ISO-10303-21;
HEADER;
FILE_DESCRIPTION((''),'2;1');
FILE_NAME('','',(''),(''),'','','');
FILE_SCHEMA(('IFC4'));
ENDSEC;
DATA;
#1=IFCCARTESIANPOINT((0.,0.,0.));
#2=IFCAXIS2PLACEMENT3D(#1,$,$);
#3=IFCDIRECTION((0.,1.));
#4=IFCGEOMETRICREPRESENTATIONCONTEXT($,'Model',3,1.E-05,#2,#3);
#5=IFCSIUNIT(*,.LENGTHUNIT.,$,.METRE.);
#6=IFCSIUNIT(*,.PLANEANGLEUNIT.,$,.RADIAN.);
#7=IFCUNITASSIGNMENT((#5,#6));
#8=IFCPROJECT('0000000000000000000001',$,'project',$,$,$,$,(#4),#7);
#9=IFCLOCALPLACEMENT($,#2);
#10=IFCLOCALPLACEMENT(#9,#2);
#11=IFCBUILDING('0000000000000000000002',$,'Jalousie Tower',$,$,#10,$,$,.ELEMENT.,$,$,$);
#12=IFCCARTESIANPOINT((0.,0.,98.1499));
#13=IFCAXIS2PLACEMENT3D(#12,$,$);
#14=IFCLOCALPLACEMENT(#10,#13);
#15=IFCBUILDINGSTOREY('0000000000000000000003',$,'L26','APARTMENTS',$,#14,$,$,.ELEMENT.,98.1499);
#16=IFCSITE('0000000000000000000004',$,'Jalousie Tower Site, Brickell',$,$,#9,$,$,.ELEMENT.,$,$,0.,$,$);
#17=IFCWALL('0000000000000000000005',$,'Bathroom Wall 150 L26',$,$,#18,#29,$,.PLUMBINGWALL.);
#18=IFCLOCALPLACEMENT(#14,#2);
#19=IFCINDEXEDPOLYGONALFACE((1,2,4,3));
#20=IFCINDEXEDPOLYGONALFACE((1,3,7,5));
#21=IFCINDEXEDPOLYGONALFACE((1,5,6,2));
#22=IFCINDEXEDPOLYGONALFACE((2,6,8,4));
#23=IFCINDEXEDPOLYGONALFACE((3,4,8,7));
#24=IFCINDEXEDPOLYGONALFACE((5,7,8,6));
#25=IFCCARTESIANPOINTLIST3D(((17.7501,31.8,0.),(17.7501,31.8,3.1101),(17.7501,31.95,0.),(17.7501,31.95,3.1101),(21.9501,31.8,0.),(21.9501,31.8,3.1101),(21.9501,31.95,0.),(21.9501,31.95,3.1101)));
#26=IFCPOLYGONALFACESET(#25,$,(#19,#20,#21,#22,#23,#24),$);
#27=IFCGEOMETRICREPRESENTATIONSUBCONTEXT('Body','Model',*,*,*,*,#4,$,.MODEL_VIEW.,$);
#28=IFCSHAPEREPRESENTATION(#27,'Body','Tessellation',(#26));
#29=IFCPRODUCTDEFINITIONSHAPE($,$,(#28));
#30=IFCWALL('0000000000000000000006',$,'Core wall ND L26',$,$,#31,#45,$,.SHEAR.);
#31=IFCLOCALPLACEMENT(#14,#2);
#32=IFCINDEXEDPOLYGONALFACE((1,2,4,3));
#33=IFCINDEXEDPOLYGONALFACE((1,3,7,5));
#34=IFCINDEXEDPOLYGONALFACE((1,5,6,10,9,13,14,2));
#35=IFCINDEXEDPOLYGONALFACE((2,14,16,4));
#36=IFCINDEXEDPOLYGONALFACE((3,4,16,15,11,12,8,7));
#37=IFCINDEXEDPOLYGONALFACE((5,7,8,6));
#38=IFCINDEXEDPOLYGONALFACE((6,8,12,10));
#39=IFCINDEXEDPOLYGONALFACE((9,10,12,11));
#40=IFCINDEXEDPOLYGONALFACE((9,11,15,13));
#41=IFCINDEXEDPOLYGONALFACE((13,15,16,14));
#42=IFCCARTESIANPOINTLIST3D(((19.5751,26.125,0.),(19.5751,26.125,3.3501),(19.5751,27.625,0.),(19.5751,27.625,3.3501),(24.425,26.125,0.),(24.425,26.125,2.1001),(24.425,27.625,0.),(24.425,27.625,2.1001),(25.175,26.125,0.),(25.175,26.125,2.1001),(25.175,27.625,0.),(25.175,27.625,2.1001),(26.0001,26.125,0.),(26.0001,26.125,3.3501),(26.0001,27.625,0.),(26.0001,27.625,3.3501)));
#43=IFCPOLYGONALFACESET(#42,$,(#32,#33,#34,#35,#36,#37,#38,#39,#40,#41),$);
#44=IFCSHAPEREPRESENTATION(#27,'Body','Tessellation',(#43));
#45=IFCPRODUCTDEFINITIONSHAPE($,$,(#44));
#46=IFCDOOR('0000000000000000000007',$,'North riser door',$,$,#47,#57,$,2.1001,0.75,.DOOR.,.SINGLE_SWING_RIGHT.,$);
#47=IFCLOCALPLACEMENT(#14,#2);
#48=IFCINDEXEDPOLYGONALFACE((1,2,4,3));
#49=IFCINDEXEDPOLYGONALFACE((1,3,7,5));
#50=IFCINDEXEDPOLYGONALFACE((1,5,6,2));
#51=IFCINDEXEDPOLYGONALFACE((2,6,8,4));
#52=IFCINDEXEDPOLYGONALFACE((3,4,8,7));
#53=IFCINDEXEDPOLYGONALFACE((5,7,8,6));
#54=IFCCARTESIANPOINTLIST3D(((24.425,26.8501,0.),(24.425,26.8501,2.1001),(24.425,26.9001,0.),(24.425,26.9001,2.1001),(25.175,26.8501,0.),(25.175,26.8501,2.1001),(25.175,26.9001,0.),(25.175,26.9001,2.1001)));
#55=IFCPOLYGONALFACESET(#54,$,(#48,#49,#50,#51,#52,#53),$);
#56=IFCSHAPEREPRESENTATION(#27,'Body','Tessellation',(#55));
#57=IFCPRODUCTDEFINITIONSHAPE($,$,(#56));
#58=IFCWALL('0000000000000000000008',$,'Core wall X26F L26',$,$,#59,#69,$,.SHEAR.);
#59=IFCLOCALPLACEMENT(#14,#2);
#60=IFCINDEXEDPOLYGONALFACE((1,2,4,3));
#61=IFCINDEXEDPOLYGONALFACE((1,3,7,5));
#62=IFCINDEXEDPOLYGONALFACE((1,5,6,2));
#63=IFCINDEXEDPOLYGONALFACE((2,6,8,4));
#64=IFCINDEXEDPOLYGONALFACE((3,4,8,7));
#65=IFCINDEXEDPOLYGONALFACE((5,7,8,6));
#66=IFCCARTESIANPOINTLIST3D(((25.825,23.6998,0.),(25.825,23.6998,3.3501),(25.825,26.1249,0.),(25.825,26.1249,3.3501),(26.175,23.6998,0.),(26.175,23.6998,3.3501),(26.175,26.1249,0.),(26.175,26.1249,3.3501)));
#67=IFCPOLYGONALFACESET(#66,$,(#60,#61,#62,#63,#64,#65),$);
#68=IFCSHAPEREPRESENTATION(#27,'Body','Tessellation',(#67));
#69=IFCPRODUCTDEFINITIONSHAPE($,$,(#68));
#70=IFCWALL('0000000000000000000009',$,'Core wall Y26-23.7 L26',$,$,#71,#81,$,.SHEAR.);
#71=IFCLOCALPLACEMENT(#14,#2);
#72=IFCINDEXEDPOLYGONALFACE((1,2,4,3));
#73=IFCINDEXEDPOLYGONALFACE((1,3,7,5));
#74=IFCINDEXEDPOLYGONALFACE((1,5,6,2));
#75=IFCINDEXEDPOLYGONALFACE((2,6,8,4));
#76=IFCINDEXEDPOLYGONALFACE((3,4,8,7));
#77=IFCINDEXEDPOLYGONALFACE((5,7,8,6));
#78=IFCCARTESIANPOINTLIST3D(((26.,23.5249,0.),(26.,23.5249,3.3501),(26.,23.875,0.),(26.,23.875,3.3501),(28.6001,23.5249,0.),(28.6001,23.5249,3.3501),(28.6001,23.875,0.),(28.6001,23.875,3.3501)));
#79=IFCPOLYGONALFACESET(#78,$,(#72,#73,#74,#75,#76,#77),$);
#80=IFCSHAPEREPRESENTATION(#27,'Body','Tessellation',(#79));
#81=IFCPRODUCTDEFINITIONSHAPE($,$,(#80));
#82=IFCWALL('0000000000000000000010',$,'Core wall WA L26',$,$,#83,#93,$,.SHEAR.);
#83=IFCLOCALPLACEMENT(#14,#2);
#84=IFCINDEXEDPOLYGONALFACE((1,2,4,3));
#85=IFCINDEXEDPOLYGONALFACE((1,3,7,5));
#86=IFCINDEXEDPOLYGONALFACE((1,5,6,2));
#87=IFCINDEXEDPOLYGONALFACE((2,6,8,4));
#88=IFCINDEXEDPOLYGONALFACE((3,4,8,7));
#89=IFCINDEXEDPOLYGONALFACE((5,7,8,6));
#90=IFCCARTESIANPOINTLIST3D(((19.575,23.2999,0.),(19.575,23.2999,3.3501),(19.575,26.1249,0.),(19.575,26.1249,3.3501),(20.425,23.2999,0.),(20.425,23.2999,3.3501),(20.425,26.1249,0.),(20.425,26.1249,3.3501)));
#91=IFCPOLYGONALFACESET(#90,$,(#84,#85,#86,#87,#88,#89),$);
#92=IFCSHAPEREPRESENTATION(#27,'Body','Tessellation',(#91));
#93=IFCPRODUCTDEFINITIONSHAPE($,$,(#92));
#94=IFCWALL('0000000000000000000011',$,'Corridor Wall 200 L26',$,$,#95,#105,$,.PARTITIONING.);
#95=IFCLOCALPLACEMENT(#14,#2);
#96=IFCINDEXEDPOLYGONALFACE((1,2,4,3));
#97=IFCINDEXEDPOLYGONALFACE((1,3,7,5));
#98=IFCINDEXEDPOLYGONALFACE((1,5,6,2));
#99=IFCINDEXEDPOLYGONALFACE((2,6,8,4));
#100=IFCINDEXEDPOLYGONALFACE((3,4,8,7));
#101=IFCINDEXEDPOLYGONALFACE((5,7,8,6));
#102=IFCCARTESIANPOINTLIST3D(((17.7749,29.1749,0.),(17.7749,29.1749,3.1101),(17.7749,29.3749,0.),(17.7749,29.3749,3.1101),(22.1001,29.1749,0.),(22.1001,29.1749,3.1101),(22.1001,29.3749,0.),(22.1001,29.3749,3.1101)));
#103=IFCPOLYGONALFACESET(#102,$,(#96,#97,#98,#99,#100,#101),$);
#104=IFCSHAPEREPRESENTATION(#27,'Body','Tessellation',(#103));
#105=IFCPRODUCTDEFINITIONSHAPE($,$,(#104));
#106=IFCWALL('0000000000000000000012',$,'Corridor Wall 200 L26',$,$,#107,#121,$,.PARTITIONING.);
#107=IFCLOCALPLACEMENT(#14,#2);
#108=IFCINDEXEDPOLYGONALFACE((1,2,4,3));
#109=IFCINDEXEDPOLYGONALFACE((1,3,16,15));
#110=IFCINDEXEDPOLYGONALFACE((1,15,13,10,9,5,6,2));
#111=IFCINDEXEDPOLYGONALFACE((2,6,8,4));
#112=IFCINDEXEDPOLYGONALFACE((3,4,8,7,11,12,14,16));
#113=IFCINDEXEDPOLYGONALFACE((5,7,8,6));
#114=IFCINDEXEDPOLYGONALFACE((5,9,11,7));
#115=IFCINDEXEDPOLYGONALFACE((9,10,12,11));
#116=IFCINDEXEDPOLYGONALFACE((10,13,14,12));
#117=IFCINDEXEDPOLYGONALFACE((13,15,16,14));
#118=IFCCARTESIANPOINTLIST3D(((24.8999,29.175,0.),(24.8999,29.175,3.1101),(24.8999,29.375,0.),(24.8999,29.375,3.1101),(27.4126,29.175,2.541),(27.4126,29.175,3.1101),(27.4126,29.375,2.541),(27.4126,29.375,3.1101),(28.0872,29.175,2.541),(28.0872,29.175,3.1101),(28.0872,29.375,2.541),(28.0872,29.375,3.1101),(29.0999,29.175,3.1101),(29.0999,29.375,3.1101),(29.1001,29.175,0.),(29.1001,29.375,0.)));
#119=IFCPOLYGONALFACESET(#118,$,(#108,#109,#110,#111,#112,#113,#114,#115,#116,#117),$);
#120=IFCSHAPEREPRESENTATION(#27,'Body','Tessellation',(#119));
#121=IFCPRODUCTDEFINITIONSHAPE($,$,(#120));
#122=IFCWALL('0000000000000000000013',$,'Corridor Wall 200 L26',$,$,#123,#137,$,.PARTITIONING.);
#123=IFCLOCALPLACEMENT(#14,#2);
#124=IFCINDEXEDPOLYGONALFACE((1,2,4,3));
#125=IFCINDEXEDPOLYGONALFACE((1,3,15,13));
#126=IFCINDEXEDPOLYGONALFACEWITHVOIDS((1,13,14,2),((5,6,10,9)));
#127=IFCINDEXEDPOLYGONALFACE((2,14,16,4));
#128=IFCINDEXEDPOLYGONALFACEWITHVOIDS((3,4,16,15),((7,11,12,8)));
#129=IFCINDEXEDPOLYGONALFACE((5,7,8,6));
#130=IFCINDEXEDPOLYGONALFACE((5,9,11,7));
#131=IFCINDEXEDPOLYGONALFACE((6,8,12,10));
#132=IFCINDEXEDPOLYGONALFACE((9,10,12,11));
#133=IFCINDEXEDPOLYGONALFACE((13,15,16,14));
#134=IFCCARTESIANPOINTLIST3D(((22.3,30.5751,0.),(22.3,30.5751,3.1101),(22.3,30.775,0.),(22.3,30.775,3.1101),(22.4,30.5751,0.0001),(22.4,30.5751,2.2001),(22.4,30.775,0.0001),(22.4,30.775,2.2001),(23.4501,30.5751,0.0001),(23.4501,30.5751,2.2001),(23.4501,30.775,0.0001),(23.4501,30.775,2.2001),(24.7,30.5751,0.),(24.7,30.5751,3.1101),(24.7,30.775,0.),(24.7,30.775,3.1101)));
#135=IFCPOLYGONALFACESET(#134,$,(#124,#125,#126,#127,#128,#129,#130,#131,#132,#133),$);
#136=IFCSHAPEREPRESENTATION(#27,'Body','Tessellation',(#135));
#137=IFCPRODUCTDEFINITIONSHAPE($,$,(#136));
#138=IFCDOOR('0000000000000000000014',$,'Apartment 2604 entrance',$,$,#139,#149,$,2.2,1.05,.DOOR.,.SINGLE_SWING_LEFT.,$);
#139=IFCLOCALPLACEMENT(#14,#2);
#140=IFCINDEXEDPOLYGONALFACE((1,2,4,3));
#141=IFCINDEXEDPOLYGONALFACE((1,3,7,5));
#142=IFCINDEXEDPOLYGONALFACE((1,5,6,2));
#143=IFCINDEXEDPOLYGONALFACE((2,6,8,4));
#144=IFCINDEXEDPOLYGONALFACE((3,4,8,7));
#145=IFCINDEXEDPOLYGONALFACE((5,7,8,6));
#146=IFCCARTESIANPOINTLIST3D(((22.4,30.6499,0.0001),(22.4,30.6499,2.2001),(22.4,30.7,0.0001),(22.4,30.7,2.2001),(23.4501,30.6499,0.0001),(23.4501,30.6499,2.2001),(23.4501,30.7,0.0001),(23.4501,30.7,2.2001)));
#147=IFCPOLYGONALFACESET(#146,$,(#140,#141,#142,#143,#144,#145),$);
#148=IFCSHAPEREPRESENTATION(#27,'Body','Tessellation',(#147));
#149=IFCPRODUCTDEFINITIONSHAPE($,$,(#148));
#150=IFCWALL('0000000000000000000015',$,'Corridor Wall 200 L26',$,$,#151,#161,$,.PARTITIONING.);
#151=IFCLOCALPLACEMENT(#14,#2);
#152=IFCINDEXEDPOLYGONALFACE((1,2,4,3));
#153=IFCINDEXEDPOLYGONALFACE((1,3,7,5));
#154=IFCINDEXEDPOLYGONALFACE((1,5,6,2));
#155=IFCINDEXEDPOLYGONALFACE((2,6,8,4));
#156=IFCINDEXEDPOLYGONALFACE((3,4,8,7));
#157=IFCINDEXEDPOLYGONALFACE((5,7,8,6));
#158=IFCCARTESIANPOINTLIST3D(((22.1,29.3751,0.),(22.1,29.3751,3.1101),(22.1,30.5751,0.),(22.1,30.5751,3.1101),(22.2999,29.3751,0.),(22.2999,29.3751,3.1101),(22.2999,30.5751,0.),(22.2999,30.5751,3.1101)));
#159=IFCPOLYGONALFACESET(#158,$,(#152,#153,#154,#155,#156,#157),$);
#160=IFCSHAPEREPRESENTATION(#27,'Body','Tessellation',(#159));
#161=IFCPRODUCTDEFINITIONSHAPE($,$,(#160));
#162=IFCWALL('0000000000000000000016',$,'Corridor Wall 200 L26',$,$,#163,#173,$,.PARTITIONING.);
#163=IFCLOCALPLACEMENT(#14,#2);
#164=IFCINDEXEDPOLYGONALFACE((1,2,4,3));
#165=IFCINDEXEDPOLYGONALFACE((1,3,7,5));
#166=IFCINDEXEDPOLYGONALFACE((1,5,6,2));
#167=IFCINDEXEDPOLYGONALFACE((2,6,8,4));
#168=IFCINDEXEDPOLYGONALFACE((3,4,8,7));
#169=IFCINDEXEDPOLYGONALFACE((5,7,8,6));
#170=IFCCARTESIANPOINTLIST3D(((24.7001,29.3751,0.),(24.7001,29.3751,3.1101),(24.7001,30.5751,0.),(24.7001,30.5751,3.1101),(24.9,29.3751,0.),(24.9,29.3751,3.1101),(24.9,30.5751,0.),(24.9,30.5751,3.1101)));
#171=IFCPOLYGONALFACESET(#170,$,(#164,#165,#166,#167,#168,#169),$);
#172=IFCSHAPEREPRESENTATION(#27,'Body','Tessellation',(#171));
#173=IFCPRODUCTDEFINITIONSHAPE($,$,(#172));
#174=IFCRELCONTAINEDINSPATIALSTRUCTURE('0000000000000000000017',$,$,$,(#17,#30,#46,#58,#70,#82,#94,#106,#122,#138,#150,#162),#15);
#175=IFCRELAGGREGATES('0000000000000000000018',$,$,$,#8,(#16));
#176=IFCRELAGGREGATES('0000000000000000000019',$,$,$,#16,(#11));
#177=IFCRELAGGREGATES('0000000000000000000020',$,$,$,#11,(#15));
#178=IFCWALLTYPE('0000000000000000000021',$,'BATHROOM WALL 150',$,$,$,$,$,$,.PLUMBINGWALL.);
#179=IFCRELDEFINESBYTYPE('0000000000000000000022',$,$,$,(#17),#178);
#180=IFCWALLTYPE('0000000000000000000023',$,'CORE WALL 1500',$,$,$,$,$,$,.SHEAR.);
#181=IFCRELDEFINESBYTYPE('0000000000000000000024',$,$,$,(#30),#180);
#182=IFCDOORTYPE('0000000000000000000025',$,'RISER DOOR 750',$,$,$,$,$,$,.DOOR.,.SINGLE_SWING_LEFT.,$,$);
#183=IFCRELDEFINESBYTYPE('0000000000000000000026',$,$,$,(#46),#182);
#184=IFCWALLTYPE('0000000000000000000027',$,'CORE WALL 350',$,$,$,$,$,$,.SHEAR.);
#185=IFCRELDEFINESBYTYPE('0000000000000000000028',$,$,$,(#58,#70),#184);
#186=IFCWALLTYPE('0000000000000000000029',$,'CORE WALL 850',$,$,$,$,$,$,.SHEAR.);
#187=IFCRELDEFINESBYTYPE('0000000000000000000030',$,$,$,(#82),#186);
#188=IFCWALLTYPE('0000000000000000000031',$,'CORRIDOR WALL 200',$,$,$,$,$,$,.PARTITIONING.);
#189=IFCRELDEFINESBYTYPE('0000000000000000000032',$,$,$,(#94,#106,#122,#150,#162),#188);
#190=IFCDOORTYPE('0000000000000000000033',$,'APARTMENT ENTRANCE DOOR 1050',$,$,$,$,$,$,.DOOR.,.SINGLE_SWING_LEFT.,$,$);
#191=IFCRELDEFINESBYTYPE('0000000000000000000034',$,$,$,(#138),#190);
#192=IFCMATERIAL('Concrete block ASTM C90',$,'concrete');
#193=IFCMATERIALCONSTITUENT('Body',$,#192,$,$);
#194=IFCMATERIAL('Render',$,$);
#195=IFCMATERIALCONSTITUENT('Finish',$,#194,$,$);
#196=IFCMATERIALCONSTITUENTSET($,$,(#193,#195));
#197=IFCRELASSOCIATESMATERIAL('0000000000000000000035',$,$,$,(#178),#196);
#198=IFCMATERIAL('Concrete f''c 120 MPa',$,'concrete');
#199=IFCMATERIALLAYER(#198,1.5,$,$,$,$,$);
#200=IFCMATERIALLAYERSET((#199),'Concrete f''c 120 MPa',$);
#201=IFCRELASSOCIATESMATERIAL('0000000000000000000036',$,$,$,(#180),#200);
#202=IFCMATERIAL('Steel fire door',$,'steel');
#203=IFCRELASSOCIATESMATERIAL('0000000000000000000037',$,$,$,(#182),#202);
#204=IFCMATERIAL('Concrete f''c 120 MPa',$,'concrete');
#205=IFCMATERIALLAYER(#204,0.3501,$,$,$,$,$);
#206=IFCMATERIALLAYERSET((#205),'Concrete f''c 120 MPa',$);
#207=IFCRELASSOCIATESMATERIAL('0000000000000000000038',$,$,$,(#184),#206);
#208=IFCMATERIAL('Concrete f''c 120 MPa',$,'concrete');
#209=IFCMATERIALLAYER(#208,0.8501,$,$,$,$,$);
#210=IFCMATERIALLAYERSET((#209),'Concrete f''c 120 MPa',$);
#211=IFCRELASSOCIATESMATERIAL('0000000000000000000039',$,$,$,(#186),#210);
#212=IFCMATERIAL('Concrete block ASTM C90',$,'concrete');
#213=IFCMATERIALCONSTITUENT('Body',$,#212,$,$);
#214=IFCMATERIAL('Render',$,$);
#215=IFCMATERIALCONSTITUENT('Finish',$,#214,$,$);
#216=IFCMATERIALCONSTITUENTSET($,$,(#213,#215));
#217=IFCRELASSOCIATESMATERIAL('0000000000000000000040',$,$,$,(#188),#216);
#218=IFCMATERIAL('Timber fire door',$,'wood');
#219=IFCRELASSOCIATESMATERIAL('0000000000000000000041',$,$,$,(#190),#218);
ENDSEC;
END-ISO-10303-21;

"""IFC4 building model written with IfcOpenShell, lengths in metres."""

from ifc_helpers import new_model, si_unit, direction, frame, frame_2d, origin, place, context, subcontext, project, spatial, polyline, rectangle, outline, extrude, material, layer, layer_set, constituent, constituent_set, type_object, element, fill, save


model = new_model("IFC4")

# Units and contexts
model_context = context("Model", 3, precision=1e-05, world=origin(), true_north=direction((0.0, 1.0)))
body_context = subcontext(model_context, "Body", "Model", "MODEL_VIEW")
ifc_project = project(units=[si_unit("LENGTHUNIT", "METRE"), si_unit("PLANEANGLEUNIT", "RADIAN")], contexts=[model_context])

# Site, building, storey
site_placement = place(None, origin())
site = spatial("IfcSite", under=ifc_project, at=site_placement, Name="Jalousie Tower Site, Brickell", CompositionType="ELEMENT", RefElevation=0.0)
building_placement = place(site_placement, origin())
building = spatial("IfcBuilding", under=site, at=building_placement, Name="Jalousie Tower", CompositionType="ELEMENT")
storey_placement = place(building_placement, frame((0.0, 0.0, 98.1499)))
storey = spatial("IfcBuildingStorey", under=building, at=storey_placement, Name="L26", Description="APARTMENTS", CompositionType="ELEMENT", Elevation=98.1499)

# Wall
ifc_material_1 = material(Name="Concrete block ASTM C90", Category="concrete")
ifc_constituent_1 = constituent(ifc_material_1, Name="Body")
ifc_material_2 = material(Name="Render")
ifc_constituent_2 = constituent(ifc_material_2, Name="Finish")
ifc_constituent_set_1 = constituent_set(constituents=[ifc_constituent_1, ifc_constituent_2])
wall_type_1 = type_object("IfcWallType", Name="BATHROOM WALL 150", PredefinedType="PLUMBINGWALL", material=ifc_constituent_set_1)
wall_1_placement = place(storey_placement, frame((17.75, 31.875, 0.0), z_axis=(0.0, 0.0, 1.0), x_axis=(1.0, 0.0, 0.0)))
element("IfcWall", 1, at=wall_1_placement, inside=storey, type_object=wall_type_1, Name="Bathroom Wall 150 L26", PredefinedType="PLUMBINGWALL", context=body_context, shape_type="SweptSolid", body=[
    extrude(rectangle(XDim=4.2, YDim=0.1499, at=frame_2d((2.1001, 0.0))), origin(), (0.0, 0.0, 1.0), 3.1101),
])

# Wall, opening, door
ifc_material_3 = material(Name="Concrete f'c 120 MPa", Category="concrete")
ifc_layer_1 = layer(ifc_material_3, 1.5)
ifc_layer_set_1 = layer_set([ifc_layer_1], Name="Concrete f'c 120 MPa")
wall_type_2 = type_object("IfcWallType", Name="CORE WALL 1500", PredefinedType="SHEAR", material=ifc_layer_set_1)
wall_2_placement = place(storey_placement, frame((26.0, 26.875, 0.0), z_axis=(0.0, 0.0, 1.0), x_axis=(-1.0, 0.0, 0.0)))
wall_2 = element("IfcWall", 2, at=wall_2_placement, inside=storey, type_object=wall_type_2, Name="Core wall ND L26", PredefinedType="SHEAR", context=body_context, shape_type="SweptSolid", body=[
    extrude(rectangle(XDim=6.425, YDim=1.5, at=frame_2d((3.2124, 0.0))), origin(), (0.0, 0.0, 1.0), 3.3501),
])
opening_1_placement = place(wall_2_placement, frame((0.825, 0.0, 0.0)))
opening_1 = element("IfcOpeningElement", 3, at=opening_1_placement, cuts=wall_2, PredefinedType="OPENING", context=body_context, shape_type="SweptSolid", body=[
    extrude(rectangle(XDim=0.75, YDim=2.1001, at=frame_2d((0.375, 1.05))), frame((0.0, 0.76, 0.0), z_axis=(0.0, -1.0, 0.0), x_axis=(1.0, 0.0, 0.0)), (0.0, 0.0, 1.0), 1.52),
])
ifc_material_4 = material(Name="Steel fire door", Category="steel")
door_type_1 = type_object("IfcDoorType", Name="RISER DOOR 750", OperationType="SINGLE_SWING_LEFT", PredefinedType="DOOR", material=ifc_material_4)
door_1_placement = place(opening_1_placement, origin())
door_1 = element("IfcDoor", 4, at=door_1_placement, inside=storey, type_object=door_type_1, Name="North riser door", OperationType="SINGLE_SWING_RIGHT", OverallHeight=2.1001, OverallWidth=0.75, PredefinedType="DOOR", context=body_context, shape_type="SweptSolid", body=[
    extrude(rectangle(XDim=0.75, YDim=2.1001, at=frame_2d((0.375, 1.05))), frame((0.0, 0.0249, 0.0), z_axis=(0.0, -1.0, 0.0), x_axis=(1.0, 0.0, 0.0)), (0.0, 0.0, 1.0), 0.05),
])
fill(opening_1, door_1)

# Walls
ifc_material_5 = material(Name="Concrete f'c 120 MPa", Category="concrete")
ifc_layer_2 = layer(ifc_material_5, 0.3501)
ifc_layer_set_2 = layer_set([ifc_layer_2], Name="Concrete f'c 120 MPa")
wall_type_3 = type_object("IfcWallType", Name="CORE WALL 350", PredefinedType="SHEAR", material=ifc_layer_set_2)
wall_3_placement = place(storey_placement, frame((26.0, 23.7, 0.0), z_axis=(0.0, 0.0, 1.0), x_axis=(0.0, 1.0, 0.0)))
element("IfcWall", 5, at=wall_3_placement, inside=storey, type_object=wall_type_3, Name="Core wall X26F L26", PredefinedType="SHEAR", context=body_context, shape_type="SweptSolid", body=[
    extrude(rectangle(XDim=2.425, YDim=0.3501, at=frame_2d((1.2124, 0.0))), origin(), (0.0, 0.0, 1.0), 3.3501),
])
wall_4_placement = place(storey_placement, frame((26.0, 23.7, 0.0), z_axis=(0.0, 0.0, 1.0), x_axis=(1.0, 0.0, 0.0)))
element("IfcWall", 6, at=wall_4_placement, inside=storey, type_object=wall_type_3, Name="Core wall Y26-23.7 L26", PredefinedType="SHEAR", context=body_context, shape_type="SweptSolid", body=[
    extrude(rectangle(XDim=2.6001, YDim=0.3501, at=frame_2d((1.3, 0.0))), origin(), (0.0, 0.0, 1.0), 3.3501),
])
ifc_material_6 = material(Name="Concrete f'c 120 MPa", Category="concrete")
ifc_layer_3 = layer(ifc_material_6, 0.8501)
ifc_layer_set_3 = layer_set([ifc_layer_3], Name="Concrete f'c 120 MPa")
wall_type_4 = type_object("IfcWallType", Name="CORE WALL 850", PredefinedType="SHEAR", material=ifc_layer_set_3)
wall_5_placement = place(storey_placement, frame((20.0, 26.125, 0.0), z_axis=(0.0, 0.0, 1.0), x_axis=(0.0, -1.0, 0.0)))
element("IfcWall", 7, at=wall_5_placement, inside=storey, type_object=wall_type_4, Name="Core wall WA L26", PredefinedType="SHEAR", context=body_context, shape_type="SweptSolid", body=[
    extrude(rectangle(XDim=2.825, YDim=0.8501, at=frame_2d((1.4126, 0.0))), origin(), (0.0, 0.0, 1.0), 3.3501),
])
ifc_material_7 = material(Name="Concrete block ASTM C90", Category="concrete")
ifc_constituent_3 = constituent(ifc_material_7, Name="Body")
ifc_material_8 = material(Name="Render")
ifc_constituent_4 = constituent(ifc_material_8, Name="Finish")
ifc_constituent_set_2 = constituent_set(constituents=[ifc_constituent_3, ifc_constituent_4])
wall_type_5 = type_object("IfcWallType", Name="CORRIDOR WALL 200", PredefinedType="PARTITIONING", material=ifc_constituent_set_2)
wall_6_placement = place(storey_placement, frame((17.7749, 29.2749, 0.0), z_axis=(0.0, 0.0, 1.0), x_axis=(1.0, 0.0, 0.0)))
element("IfcWall", 8, at=wall_6_placement, inside=storey, type_object=wall_type_5, Name="Corridor Wall 200 L26", PredefinedType="PARTITIONING", context=body_context, shape_type="SweptSolid", body=[
    extrude(rectangle(XDim=4.3252, YDim=0.2, at=frame_2d((2.1626, 0.0))), origin(), (0.0, 0.0, 1.0), 3.1101),
])
wall_7_placement = place(storey_placement, frame((24.8999, 29.2749, 0.0), z_axis=(0.0, 0.0, 1.0), x_axis=(1.0, 0.0, 0.0)))
element("IfcWall", 9, at=wall_7_placement, inside=storey, type_object=wall_type_5, Name="Corridor Wall 200 L26", PredefinedType="PARTITIONING", context=body_context, shape_type="SweptSolid", body=[
    extrude(outline(polyline([(0.0, 0.0), (4.2002, 0.0), (4.2, 3.1101), (3.1873, 3.1101), (3.1873, 2.541), (2.5127, 2.541), (2.5127, 3.1101), (0.0, 3.1101), (0.0, 0.0)])), frame((0.0, 0.1001, 0.0), z_axis=(0.0, -1.0, 0.0), x_axis=(1.0, 0.0, 0.0)), (0.0, 0.0, 1.0), 0.2),
])

# Wall, opening, door
wall_8_placement = place(storey_placement, frame((22.3, 30.675, 0.0), z_axis=(0.0, 0.0, 1.0), x_axis=(1.0, 0.0, 0.0)))
wall_8 = element("IfcWall", 10, at=wall_8_placement, inside=storey, type_object=wall_type_5, Name="Corridor Wall 200 L26", PredefinedType="PARTITIONING", context=body_context, shape_type="SweptSolid", body=[
    extrude(rectangle(XDim=2.3999, YDim=0.2, at=frame_2d((1.2, 0.0))), origin(), (0.0, 0.0, 1.0), 3.1101),
])
opening_2_placement = place(wall_8_placement, frame((0.1001, 0.0, 0.0)))
opening_2 = element("IfcOpeningElement", 11, at=opening_2_placement, cuts=wall_8, PredefinedType="OPENING", context=body_context, shape_type="SweptSolid", body=[
    extrude(rectangle(XDim=1.05, YDim=2.2, at=frame_2d((0.5249, 1.1001))), frame((0.0, 0.1099, 0.0), z_axis=(0.0, -1.0, 0.0), x_axis=(1.0, 0.0, 0.0)), (0.0, 0.0, 1.0), 0.22),
])
ifc_material_9 = material(Name="Timber fire door", Category="wood")
door_type_2 = type_object("IfcDoorType", Name="APARTMENT ENTRANCE DOOR 1050", OperationType="SINGLE_SWING_LEFT", PredefinedType="DOOR", material=ifc_material_9)
door_2_placement = place(opening_2_placement, origin())
door_2 = element("IfcDoor", 12, at=door_2_placement, inside=storey, type_object=door_type_2, Name="Apartment 2604 entrance", OperationType="SINGLE_SWING_LEFT", OverallHeight=2.2, OverallWidth=1.05, PredefinedType="DOOR", context=body_context, shape_type="SweptSolid", body=[
    extrude(rectangle(XDim=1.05, YDim=2.2, at=frame_2d((0.5249, 1.1001))), frame((0.0, 0.0249, 0.0), z_axis=(0.0, -1.0, 0.0), x_axis=(1.0, 0.0, 0.0)), (0.0, 0.0, 1.0), 0.05),
])
fill(opening_2, door_2)

# Walls
for number, where, z_axis, x_axis, name in (
    (13, (22.2, 29.375, 0.0), (0.0, 0.0, 1.0), (0.0, 1.0, 0.0), "Corridor Wall 200 L26"),
    (14, (24.8, 29.375, 0.0), (0.0, 0.0, 1.0), (0.0, 1.0, 0.0), "Corridor Wall 200 L26"),
):
    element("IfcWall", number, at=place(storey_placement, frame(where, z_axis=z_axis, x_axis=x_axis)), inside=storey, type_object=wall_type_5, Name=name, PredefinedType="PARTITIONING", context=body_context, shape_type="SweptSolid", body=[
        extrude(rectangle(XDim=1.2, YDim=0.2, at=frame_2d((0.6001, 0.0))), origin(), (0.0, 0.0, 1.0), 3.1101),
    ])

save(model, "model.ifc")
